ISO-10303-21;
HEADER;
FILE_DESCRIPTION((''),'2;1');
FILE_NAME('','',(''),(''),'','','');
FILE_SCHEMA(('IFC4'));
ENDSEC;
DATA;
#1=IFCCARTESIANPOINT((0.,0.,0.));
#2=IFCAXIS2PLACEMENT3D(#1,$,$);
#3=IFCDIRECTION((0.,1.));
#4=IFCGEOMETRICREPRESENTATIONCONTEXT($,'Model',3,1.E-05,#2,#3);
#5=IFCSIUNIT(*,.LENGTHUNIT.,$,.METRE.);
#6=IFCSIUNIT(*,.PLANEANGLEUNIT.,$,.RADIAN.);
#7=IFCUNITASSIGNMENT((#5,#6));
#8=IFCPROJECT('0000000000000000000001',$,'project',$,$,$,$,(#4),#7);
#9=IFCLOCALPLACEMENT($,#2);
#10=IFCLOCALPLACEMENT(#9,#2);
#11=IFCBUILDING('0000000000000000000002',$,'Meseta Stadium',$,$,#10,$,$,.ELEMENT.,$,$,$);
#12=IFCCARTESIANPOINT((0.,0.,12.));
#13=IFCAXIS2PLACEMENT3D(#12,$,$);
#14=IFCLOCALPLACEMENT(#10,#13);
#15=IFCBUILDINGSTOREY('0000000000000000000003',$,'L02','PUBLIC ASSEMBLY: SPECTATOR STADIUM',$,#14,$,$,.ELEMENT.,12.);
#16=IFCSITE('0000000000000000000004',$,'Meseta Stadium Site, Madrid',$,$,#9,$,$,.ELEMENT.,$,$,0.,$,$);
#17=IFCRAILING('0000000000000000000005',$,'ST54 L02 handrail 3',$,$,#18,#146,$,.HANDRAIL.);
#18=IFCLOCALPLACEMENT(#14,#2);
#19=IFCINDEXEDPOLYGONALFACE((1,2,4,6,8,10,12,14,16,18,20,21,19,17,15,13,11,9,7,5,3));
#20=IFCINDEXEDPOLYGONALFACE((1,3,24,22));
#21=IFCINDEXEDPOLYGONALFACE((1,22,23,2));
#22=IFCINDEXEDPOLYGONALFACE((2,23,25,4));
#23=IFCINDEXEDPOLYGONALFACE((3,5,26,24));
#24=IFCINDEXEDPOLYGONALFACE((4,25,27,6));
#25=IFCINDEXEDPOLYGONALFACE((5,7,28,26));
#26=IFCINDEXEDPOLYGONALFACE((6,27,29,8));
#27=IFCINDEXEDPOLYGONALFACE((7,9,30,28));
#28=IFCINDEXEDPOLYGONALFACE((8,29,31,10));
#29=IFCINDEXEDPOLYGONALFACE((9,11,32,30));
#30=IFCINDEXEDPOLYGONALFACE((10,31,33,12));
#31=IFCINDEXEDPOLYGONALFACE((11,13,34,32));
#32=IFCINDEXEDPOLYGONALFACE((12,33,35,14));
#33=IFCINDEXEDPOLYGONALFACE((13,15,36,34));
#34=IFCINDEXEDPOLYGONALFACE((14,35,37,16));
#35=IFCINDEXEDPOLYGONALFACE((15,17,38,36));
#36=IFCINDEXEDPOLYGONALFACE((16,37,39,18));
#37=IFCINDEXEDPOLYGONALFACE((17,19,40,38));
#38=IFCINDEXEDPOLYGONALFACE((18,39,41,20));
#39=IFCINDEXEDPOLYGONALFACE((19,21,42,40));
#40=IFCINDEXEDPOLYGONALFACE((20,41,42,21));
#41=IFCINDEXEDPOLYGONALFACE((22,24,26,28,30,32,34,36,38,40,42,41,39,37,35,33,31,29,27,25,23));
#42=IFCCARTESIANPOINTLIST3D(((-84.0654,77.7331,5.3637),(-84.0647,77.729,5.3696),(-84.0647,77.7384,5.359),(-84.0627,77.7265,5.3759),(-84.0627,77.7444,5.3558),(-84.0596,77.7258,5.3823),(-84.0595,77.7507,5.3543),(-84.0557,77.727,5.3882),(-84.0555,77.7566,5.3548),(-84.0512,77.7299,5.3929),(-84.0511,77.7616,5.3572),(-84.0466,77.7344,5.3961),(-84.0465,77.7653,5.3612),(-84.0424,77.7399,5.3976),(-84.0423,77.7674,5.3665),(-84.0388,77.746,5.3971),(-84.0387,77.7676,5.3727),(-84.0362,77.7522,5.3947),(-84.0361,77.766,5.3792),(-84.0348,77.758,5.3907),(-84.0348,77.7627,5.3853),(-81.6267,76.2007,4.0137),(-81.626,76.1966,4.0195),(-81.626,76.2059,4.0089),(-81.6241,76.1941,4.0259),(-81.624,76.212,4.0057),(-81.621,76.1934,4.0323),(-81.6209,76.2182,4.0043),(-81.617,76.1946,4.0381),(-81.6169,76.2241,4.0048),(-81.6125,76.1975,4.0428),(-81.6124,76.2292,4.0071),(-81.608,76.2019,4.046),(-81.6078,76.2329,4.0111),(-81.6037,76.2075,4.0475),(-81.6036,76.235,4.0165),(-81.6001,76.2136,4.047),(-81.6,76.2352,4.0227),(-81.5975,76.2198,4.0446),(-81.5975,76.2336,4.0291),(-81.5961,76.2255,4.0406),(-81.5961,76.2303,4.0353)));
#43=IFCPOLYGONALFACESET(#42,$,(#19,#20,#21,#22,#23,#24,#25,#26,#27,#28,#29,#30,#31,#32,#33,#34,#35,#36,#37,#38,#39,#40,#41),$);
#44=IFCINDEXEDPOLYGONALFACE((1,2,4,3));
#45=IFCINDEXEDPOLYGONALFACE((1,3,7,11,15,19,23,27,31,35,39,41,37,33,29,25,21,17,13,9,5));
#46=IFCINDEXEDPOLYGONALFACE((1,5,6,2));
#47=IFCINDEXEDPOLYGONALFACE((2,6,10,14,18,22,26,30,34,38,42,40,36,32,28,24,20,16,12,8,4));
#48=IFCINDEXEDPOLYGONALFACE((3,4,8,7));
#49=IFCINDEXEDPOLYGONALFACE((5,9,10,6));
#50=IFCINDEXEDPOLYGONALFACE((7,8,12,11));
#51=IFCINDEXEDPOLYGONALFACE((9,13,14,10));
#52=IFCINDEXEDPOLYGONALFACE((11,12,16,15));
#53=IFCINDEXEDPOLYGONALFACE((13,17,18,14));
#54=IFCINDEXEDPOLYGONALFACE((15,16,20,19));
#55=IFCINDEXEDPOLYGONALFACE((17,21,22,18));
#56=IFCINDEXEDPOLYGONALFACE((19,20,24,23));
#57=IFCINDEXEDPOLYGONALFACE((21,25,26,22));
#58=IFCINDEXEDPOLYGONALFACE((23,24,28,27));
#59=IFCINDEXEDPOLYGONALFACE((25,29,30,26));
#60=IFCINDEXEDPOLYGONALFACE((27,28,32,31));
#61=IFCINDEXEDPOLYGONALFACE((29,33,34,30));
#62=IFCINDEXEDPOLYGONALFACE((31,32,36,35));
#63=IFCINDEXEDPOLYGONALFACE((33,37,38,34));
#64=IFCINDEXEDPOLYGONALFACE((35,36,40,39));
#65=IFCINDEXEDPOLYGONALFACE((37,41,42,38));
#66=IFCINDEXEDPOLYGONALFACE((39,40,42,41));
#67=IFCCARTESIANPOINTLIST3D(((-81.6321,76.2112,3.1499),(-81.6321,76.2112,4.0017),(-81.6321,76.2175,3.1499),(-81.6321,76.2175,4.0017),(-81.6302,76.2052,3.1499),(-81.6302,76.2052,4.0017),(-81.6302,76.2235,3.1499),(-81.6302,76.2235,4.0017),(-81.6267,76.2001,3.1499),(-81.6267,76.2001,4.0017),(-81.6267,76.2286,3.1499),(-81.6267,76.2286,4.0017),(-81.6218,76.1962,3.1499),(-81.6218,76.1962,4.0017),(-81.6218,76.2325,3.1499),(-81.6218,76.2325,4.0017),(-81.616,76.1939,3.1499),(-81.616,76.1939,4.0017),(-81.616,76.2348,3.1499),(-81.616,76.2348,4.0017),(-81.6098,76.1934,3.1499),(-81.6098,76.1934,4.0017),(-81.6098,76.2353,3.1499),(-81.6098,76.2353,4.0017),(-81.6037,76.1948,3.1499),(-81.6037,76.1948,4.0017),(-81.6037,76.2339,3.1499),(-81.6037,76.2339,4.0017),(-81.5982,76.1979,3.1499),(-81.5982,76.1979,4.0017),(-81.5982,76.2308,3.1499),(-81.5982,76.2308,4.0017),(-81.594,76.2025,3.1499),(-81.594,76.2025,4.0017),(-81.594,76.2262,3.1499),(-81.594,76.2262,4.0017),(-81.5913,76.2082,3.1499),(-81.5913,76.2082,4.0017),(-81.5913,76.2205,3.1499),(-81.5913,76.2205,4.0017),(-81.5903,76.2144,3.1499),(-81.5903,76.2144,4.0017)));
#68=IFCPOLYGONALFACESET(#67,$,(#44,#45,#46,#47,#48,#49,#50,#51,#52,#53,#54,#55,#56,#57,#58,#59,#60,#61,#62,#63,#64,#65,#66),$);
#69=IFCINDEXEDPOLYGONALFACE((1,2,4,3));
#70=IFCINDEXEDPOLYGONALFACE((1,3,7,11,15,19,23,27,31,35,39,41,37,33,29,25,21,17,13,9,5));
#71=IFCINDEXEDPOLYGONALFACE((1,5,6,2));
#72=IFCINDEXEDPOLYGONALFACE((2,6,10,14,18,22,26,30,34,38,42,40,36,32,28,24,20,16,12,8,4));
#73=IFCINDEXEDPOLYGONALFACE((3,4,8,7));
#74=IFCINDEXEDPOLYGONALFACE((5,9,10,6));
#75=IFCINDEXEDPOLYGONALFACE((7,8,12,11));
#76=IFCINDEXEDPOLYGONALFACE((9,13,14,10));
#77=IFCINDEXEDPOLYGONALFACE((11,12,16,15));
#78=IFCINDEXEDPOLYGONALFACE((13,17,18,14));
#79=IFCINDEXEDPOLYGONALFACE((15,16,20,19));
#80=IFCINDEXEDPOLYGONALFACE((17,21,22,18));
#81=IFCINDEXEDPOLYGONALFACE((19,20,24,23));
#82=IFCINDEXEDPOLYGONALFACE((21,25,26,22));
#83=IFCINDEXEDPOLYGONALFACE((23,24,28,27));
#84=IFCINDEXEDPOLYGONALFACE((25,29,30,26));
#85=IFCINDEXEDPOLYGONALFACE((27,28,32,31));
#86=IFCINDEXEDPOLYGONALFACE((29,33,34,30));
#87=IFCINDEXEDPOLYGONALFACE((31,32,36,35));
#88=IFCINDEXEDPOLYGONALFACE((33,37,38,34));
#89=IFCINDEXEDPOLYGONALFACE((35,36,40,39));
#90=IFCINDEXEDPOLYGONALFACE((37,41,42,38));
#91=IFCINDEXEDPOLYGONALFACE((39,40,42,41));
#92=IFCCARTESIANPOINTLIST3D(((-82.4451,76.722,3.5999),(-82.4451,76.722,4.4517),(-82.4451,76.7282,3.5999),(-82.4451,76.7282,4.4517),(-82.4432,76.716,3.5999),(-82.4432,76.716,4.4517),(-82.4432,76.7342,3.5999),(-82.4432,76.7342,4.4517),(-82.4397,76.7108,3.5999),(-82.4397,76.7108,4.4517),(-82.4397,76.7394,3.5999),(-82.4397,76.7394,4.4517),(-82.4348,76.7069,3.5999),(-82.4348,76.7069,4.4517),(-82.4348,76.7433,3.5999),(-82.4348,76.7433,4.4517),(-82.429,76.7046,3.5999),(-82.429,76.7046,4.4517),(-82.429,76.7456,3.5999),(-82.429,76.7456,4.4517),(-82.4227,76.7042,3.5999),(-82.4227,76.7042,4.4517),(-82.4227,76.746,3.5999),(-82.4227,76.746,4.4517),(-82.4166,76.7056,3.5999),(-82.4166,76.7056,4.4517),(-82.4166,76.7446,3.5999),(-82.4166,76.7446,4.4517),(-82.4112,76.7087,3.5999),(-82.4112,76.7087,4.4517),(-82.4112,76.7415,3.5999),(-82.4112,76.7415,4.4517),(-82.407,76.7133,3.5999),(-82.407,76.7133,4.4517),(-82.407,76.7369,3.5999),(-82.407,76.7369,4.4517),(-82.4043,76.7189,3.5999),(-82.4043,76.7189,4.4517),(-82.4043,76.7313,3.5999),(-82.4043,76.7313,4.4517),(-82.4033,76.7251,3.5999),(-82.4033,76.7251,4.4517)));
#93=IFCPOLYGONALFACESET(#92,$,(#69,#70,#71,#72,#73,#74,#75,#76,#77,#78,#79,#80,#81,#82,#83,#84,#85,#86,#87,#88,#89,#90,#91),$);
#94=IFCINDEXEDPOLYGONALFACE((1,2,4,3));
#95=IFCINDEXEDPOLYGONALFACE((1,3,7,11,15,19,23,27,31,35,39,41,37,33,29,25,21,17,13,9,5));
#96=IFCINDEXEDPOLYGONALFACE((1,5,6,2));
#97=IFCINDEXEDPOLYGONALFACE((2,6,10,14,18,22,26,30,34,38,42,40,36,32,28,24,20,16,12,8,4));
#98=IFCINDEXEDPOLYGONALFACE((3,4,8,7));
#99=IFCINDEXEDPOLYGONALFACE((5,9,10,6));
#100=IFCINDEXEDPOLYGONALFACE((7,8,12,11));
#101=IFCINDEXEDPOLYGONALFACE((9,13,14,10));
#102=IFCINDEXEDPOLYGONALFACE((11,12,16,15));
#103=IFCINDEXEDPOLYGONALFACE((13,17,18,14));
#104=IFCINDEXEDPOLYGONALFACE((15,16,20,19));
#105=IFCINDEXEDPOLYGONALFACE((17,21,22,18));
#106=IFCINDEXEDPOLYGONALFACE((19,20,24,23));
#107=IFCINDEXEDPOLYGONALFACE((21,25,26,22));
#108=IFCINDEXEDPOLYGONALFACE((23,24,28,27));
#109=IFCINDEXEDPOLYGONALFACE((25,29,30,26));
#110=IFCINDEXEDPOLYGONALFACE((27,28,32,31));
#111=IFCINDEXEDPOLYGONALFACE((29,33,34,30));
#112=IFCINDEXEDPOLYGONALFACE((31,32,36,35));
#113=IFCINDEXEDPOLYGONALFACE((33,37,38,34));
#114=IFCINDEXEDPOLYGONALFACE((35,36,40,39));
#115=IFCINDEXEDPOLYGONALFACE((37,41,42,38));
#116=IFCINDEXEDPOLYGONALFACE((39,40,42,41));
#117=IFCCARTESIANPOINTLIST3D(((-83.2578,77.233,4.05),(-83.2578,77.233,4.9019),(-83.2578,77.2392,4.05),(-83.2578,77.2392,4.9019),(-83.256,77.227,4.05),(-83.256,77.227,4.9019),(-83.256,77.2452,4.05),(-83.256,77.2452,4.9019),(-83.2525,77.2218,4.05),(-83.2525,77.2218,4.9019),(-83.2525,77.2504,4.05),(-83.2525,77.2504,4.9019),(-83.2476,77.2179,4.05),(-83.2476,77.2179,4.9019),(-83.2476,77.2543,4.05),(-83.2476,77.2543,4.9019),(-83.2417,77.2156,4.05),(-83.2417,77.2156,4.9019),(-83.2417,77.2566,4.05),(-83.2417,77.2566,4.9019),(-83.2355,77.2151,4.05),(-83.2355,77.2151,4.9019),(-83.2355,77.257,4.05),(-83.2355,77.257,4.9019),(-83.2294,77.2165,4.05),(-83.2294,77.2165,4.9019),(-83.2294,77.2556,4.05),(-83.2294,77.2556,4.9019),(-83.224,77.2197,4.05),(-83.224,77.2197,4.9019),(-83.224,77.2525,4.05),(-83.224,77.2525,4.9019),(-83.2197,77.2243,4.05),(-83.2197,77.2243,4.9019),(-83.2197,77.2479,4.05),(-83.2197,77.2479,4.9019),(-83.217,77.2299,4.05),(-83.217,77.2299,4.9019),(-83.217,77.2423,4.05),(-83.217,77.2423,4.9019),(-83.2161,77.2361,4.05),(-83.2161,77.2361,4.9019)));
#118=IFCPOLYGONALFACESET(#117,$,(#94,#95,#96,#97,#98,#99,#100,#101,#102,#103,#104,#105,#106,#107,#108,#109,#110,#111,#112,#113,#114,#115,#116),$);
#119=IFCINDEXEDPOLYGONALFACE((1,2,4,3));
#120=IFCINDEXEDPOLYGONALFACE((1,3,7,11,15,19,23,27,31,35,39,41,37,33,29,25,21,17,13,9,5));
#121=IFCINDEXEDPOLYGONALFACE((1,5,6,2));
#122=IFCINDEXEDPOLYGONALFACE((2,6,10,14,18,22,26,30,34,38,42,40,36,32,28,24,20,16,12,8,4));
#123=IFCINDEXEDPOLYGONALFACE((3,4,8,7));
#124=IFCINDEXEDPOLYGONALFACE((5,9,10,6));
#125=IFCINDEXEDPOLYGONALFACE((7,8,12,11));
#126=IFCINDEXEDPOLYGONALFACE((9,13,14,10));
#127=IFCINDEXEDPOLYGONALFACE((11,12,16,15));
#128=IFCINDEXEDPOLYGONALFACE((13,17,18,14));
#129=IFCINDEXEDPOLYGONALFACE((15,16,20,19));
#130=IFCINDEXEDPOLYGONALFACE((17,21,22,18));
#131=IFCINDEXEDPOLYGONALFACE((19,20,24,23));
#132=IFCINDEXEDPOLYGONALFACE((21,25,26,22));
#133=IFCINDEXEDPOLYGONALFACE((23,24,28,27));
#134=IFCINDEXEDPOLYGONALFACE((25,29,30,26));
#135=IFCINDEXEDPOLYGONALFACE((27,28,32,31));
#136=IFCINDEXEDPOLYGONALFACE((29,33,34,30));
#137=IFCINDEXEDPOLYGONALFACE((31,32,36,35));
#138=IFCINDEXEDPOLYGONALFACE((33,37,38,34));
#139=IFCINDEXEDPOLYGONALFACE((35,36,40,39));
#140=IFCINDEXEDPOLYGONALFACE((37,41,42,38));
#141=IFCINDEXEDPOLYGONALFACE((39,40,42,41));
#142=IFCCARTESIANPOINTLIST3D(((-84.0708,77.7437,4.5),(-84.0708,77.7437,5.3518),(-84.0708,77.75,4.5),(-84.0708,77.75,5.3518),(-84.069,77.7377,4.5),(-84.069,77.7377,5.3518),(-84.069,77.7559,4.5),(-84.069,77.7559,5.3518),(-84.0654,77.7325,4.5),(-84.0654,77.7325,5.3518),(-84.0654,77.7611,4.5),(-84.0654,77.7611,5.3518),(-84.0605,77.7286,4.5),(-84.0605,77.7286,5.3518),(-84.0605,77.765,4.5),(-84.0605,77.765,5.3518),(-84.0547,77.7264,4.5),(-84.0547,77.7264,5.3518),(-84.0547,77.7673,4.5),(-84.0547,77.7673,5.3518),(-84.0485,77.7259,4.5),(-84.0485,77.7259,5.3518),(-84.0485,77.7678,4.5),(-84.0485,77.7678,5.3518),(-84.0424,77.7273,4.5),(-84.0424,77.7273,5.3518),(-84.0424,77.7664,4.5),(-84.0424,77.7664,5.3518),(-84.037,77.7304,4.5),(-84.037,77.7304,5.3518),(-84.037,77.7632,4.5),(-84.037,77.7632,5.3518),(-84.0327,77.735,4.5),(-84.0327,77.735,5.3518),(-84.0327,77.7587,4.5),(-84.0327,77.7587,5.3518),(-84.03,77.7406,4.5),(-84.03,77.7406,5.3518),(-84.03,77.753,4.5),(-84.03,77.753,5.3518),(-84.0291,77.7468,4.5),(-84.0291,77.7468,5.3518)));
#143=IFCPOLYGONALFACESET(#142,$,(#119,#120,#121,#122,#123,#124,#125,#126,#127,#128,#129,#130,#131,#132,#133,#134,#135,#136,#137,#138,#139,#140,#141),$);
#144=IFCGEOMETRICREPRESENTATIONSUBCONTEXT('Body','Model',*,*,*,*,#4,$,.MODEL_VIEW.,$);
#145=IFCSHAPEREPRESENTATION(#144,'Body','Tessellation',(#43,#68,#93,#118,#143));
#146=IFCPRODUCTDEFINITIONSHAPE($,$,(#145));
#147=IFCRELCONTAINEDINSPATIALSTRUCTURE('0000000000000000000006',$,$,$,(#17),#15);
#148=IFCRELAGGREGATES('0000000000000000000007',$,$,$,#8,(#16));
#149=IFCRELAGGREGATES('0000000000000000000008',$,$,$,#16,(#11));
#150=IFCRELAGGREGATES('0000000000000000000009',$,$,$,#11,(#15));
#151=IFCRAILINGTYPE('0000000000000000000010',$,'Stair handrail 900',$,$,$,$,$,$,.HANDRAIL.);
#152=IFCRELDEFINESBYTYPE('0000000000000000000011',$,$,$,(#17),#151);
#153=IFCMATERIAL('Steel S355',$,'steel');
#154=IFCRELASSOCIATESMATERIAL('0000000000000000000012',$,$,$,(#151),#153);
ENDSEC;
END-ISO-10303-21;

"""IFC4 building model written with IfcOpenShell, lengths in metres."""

from ifc_helpers import new_model, si_unit, direction, frame, origin, origin_2d, place, context, subcontext, project, spatial, circle, extrude, material, type_object, element, save


model = new_model("IFC4")

# Units and contexts
model_context = context("Model", 3, precision=1e-05, world=origin(), true_north=direction((0.0, 1.0)))
body_context = subcontext(model_context, "Body", "Model", "MODEL_VIEW")
ifc_project = project(units=[si_unit("LENGTHUNIT", "METRE"), si_unit("PLANEANGLEUNIT", "RADIAN")], contexts=[model_context])

# Site, building, storey
site_placement = place(None, origin())
site = spatial("IfcSite", under=ifc_project, at=site_placement, Name="Meseta Stadium Site, Madrid", CompositionType="ELEMENT", RefElevation=0.0)
building_placement = place(site_placement, origin())
building = spatial("IfcBuilding", under=site, at=building_placement, Name="Meseta Stadium", CompositionType="ELEMENT")
storey_placement = place(building_placement, frame((0.0, 0.0, 12.0)))
storey = spatial("IfcBuildingStorey", under=building, at=storey_placement, Name="L02", Description="PUBLIC ASSEMBLY: SPECTATOR STADIUM", CompositionType="ELEMENT", Elevation=12.0)

# Railing
ifc_material_1 = material(Name="Steel S355", Category="steel")
railing_type_1 = type_object("IfcRailingType", Name="Stair handrail 900", PredefinedType="HANDRAIL", material=ifc_material_1)
railing_1_placement = place(storey_placement, frame((-81.6113, 76.2144, 3.1499)))
element("IfcRailing", 1, at=railing_1_placement, inside=storey, type_object=railing_type_1, Name="ST54 L02 handrail 3", PredefinedType="HANDRAIL", context=body_context, shape_type="SweptSolid", body=[
    extrude(circle(Radius=0.0239, at=origin_2d()), frame((0.0, 0.0, 0.876), z_axis=(-0.766659, 0.481762, 0.424429), x_axis=(-0.532062, -0.846705, 0.0)), (0.0, 0.0, 1.0), 3.1809),
    extrude(circle(Radius=0.021, at=origin_2d()), origin(), (0.0, 0.0, 1.0), 0.8518),
    extrude(circle(Radius=0.021, at=origin_2d()), frame((-0.813, 0.5107, 0.45)), (0.0, 0.0, 1.0), 0.8518),
    extrude(circle(Radius=0.021, at=origin_2d()), frame((-1.6257, 1.0217, 0.9001)), (0.0, 0.0, 1.0), 0.8518),
    extrude(circle(Radius=0.021, at=origin_2d()), frame((-2.4387, 1.5325, 1.3501)), (0.0, 0.0, 1.0), 0.8518),
])

save(model, "model.ifc")
